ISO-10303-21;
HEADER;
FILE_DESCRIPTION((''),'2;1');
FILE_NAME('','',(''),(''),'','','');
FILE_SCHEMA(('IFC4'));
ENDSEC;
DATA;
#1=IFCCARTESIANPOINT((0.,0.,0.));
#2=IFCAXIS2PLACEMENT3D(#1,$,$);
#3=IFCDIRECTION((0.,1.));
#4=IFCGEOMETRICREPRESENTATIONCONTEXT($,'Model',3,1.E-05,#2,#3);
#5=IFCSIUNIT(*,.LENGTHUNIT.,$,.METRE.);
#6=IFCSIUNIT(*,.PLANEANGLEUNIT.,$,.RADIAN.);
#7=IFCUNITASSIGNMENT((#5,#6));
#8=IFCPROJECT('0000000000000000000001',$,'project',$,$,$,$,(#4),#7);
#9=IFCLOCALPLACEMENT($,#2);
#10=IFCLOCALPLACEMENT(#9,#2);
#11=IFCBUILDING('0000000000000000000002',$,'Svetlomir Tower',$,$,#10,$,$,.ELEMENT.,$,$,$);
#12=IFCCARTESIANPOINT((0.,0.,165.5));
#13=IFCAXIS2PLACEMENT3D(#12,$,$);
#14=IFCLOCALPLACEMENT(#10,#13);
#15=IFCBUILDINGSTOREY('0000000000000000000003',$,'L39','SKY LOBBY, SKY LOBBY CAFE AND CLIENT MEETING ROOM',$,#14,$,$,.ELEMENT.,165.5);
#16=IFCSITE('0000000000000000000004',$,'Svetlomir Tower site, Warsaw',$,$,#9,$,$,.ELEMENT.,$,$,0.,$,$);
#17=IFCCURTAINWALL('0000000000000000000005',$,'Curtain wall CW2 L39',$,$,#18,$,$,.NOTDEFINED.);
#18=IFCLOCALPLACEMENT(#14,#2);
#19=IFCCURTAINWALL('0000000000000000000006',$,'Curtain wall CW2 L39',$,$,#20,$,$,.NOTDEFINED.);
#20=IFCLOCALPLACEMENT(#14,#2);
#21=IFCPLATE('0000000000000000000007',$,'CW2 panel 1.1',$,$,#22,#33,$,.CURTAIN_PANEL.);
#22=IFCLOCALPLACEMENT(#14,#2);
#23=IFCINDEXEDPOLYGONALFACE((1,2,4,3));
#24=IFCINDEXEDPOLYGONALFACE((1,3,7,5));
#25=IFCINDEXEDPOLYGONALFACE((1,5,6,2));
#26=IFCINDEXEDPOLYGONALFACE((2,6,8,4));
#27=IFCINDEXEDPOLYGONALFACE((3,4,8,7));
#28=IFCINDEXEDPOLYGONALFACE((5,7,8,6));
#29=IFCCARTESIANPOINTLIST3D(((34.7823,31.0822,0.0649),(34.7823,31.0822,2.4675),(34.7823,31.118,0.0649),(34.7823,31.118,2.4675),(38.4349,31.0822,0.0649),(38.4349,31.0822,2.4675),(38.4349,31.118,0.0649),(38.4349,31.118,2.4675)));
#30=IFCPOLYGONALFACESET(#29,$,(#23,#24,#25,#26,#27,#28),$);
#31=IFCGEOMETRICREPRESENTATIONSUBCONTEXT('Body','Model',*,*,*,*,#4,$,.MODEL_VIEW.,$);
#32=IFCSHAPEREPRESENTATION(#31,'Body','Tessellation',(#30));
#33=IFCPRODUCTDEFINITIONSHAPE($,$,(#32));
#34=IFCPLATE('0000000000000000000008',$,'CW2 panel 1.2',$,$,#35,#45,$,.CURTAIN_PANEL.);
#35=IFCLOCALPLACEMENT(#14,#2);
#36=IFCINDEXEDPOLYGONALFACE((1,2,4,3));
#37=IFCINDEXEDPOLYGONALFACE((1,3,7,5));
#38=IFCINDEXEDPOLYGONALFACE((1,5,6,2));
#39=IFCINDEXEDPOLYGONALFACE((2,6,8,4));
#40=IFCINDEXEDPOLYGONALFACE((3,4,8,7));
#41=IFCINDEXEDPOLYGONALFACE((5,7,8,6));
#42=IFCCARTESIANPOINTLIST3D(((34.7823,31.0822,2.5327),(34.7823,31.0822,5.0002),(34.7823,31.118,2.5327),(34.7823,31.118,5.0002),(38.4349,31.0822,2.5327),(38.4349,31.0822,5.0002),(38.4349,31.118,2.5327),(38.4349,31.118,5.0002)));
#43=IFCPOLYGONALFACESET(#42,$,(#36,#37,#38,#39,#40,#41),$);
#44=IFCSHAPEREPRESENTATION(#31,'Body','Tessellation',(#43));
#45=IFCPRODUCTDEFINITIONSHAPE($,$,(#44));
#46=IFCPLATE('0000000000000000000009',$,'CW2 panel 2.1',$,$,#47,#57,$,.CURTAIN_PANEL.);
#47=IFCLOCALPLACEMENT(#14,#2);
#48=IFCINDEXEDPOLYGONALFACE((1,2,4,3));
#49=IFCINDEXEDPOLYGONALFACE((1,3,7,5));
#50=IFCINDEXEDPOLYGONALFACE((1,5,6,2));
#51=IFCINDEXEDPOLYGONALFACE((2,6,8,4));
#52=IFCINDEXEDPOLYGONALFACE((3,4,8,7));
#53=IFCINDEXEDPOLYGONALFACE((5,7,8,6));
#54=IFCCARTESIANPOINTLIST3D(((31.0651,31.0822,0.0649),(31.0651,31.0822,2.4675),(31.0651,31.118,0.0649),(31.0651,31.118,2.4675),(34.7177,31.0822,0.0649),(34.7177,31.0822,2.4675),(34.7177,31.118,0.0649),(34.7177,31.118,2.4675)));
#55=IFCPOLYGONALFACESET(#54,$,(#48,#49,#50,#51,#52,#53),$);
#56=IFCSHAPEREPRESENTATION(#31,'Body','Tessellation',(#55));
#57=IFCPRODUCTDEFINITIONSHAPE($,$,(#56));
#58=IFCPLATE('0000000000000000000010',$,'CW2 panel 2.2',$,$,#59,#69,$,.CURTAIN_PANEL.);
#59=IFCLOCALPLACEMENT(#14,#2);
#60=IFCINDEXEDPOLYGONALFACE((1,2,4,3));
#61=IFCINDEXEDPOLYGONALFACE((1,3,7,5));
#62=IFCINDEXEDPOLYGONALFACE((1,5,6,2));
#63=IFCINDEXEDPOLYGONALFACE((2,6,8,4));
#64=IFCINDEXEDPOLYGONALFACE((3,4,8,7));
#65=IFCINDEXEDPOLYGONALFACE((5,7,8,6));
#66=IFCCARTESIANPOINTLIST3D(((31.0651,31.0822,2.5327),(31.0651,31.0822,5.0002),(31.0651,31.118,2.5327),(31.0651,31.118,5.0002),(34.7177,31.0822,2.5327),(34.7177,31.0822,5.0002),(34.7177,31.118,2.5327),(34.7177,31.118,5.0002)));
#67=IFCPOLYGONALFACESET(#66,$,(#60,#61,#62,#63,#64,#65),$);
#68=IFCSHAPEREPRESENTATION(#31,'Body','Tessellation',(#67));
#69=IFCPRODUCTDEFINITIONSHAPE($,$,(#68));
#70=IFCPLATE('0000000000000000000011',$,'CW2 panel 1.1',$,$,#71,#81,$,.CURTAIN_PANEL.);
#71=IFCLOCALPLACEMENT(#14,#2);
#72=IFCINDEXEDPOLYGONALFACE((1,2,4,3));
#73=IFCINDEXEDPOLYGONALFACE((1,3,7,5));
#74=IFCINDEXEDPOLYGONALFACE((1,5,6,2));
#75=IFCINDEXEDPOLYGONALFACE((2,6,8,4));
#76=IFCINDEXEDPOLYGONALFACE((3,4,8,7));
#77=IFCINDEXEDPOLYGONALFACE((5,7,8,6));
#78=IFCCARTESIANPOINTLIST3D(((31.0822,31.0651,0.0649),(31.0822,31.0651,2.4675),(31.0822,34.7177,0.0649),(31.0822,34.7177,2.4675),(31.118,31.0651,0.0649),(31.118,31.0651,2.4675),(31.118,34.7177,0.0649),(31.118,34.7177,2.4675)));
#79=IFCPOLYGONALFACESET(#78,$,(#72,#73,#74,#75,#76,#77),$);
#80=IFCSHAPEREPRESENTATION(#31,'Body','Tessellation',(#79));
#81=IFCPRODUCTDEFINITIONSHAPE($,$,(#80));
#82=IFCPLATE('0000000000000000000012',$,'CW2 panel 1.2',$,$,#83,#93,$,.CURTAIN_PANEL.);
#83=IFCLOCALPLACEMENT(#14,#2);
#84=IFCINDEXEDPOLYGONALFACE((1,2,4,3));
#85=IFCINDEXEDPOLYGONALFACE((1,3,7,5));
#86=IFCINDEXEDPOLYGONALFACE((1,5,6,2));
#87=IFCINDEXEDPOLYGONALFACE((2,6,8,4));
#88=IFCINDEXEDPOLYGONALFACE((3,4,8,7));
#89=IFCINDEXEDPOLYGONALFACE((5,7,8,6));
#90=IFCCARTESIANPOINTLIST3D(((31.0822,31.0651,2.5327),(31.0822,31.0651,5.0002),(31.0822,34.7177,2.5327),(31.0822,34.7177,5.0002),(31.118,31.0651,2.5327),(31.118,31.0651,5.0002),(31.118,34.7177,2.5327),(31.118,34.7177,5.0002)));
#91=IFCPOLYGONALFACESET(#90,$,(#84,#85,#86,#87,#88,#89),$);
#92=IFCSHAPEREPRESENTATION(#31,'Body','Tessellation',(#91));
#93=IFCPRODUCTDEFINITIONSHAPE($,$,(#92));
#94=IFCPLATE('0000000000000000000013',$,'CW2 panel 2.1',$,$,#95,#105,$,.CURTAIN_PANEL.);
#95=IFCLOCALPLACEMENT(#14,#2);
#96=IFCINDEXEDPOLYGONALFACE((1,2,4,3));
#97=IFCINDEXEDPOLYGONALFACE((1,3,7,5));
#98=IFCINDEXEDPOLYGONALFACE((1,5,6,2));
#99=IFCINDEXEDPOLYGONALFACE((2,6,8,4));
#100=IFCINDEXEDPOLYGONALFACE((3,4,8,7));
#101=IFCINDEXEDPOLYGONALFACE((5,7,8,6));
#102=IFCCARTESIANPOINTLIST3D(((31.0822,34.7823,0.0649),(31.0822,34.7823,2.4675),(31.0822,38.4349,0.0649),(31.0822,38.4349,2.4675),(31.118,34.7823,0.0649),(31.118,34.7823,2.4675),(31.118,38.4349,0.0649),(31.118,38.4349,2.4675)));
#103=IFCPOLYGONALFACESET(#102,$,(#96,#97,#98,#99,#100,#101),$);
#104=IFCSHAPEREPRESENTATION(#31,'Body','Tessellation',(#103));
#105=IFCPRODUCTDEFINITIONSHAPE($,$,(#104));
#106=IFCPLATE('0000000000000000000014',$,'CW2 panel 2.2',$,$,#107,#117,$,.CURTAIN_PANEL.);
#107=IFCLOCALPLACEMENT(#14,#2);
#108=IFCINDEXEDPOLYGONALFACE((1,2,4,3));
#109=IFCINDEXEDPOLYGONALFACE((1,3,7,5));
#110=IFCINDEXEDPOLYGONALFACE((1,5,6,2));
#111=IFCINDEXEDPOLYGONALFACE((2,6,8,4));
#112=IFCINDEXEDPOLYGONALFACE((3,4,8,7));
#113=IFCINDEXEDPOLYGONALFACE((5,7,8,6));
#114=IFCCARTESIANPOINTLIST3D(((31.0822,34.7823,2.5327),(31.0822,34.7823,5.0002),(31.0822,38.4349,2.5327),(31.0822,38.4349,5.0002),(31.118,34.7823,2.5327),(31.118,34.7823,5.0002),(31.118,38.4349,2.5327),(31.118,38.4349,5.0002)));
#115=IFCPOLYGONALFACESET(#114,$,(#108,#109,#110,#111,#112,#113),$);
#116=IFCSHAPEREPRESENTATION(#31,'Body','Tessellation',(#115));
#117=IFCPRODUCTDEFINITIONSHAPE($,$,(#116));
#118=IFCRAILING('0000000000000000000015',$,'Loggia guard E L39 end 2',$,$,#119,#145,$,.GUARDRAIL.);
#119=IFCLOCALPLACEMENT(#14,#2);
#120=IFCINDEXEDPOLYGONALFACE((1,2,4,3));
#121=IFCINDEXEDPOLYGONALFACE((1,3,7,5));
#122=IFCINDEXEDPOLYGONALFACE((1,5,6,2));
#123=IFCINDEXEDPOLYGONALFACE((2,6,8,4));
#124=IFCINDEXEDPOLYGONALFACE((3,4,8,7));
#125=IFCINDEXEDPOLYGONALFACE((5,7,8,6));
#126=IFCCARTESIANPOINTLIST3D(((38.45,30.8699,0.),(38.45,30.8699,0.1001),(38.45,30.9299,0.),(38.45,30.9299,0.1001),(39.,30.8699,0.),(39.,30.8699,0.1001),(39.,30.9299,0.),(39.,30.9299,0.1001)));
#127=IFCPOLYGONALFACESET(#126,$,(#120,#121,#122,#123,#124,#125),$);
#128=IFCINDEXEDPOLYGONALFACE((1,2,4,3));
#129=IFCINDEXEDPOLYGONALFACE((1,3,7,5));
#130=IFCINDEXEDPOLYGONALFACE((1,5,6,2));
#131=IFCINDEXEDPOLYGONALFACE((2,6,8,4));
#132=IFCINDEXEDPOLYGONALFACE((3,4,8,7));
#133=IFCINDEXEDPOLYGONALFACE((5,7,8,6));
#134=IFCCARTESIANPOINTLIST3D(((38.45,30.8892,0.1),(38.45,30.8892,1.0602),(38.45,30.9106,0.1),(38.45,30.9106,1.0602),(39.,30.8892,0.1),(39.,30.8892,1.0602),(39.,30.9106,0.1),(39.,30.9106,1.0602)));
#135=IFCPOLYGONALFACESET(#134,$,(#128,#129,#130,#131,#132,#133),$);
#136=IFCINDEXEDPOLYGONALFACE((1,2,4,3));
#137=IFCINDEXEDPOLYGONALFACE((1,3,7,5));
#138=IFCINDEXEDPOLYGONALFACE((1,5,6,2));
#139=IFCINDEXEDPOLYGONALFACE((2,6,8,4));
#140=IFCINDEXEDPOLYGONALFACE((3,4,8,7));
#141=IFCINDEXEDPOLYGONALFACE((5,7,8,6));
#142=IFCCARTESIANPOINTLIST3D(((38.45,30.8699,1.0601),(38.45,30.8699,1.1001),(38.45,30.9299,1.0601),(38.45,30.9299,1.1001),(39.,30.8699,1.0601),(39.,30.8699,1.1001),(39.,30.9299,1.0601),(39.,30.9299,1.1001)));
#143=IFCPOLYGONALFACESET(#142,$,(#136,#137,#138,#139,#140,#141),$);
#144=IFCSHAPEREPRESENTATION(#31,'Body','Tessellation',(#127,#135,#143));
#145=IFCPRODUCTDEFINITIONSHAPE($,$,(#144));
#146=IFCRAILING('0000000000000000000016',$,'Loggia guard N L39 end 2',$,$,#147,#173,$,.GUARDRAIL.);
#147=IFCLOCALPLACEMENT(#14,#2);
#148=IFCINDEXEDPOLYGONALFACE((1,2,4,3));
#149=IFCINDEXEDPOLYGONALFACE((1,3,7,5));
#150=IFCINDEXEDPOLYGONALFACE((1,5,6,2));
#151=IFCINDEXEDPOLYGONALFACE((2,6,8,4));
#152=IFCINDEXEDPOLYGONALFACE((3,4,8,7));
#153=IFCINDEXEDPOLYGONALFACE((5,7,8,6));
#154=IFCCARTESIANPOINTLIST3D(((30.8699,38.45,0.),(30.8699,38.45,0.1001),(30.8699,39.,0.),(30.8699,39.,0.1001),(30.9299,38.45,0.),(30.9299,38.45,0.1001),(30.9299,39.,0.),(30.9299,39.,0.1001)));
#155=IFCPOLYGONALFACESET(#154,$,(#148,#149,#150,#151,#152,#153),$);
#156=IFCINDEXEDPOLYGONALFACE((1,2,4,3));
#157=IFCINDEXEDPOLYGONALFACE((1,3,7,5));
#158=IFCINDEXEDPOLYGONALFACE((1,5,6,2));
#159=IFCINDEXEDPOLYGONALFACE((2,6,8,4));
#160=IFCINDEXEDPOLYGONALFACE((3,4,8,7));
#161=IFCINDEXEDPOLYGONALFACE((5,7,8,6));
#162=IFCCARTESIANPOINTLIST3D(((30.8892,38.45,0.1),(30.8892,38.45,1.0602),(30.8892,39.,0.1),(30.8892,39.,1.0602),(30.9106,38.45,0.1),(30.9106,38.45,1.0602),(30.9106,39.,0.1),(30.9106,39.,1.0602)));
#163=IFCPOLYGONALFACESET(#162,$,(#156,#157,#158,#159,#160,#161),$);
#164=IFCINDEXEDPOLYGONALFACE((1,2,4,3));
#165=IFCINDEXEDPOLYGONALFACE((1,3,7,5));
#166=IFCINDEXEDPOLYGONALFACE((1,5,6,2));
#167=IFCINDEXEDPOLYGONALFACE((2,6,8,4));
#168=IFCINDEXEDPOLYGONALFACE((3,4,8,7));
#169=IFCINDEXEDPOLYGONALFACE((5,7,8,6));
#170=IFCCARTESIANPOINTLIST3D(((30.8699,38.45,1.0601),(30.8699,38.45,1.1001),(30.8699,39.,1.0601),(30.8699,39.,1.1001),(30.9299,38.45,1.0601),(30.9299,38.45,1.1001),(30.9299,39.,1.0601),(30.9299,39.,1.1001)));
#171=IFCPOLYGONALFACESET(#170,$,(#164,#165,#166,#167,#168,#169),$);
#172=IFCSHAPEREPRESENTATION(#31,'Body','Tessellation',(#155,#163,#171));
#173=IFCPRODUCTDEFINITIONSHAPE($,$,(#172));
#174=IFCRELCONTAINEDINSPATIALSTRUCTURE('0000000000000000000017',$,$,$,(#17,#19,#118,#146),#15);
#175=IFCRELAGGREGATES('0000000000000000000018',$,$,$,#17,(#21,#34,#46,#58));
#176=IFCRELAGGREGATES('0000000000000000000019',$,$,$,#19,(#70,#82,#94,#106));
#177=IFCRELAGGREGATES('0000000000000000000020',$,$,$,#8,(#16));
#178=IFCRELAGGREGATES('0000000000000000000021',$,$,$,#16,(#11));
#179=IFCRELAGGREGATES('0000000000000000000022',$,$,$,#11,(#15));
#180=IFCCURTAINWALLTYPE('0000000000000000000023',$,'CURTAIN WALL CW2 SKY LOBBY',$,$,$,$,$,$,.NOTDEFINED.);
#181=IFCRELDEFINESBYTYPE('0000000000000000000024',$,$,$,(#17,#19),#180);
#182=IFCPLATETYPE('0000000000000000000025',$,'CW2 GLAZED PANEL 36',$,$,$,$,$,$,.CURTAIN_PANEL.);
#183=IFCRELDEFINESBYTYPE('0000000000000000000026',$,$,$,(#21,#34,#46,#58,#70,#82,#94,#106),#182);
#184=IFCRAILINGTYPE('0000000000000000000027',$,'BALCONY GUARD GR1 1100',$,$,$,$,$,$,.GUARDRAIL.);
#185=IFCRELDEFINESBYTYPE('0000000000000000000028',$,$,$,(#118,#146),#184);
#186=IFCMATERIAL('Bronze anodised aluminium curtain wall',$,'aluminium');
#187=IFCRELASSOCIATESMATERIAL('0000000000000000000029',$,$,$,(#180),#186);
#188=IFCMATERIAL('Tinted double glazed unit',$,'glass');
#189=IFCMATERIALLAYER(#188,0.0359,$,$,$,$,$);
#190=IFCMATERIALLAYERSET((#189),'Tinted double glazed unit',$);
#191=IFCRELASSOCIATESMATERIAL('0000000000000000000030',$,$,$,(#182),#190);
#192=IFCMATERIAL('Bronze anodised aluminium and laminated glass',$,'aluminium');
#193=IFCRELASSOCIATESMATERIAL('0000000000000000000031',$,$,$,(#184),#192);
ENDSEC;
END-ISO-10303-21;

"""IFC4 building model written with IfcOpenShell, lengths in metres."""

from ifc_helpers import new_model, si_unit, direction, frame, origin, origin_2d, place, context, subcontext, project, spatial, rectangle, extrude, material, layer, layer_set, type_object, element, aggregate, save


model = new_model("IFC4")

# Units and contexts
model_context = context("Model", 3, precision=1e-05, world=origin(), true_north=direction((0.0, 1.0)))
body_context = subcontext(model_context, "Body", "Model", "MODEL_VIEW")
ifc_project = project(units=[si_unit("LENGTHUNIT", "METRE"), si_unit("PLANEANGLEUNIT", "RADIAN")], contexts=[model_context])

# Site, building, storey
site_placement = place(None, origin())
site = spatial("IfcSite", under=ifc_project, at=site_placement, Name="Svetlomir Tower site, Warsaw", CompositionType="ELEMENT", RefElevation=0.0)
building_placement = place(site_placement, origin())
building = spatial("IfcBuilding", under=site, at=building_placement, Name="Svetlomir Tower", CompositionType="ELEMENT")
storey_placement = place(building_placement, frame((0.0, 0.0, 165.5)))
storey = spatial("IfcBuildingStorey", under=building, at=storey_placement, Name="L39", Description="SKY LOBBY, SKY LOBBY CAFE AND CLIENT MEETING ROOM", CompositionType="ELEMENT", Elevation=165.5)

# Curtain walls
ifc_material_1 = material(Name="Bronze anodised aluminium curtain wall", Category="aluminium")
curtain_wall_type = type_object("IfcCurtainWallType", Name="CURTAIN WALL CW2 SKY LOBBY", PredefinedType="NOTDEFINED", material=ifc_material_1)
curtain_wall_1_placement = place(storey_placement, origin())
curtain_wall_1 = element("IfcCurtainWall", 1, at=curtain_wall_1_placement, inside=storey, type_object=curtain_wall_type, Name="Curtain wall CW2 L39", PredefinedType="NOTDEFINED")
curtain_wall_2_placement = place(storey_placement, origin())
curtain_wall_2 = element("IfcCurtainWall", 2, at=curtain_wall_2_placement, inside=storey, type_object=curtain_wall_type, Name="Curtain wall CW2 L39", PredefinedType="NOTDEFINED")

# Plates
ifc_material_2 = material(Name="Tinted double glazed unit", Category="glass")
ifc_layer = layer(ifc_material_2, 0.0359)
ifc_layer_set = layer_set([ifc_layer], Name="Tinted double glazed unit")
plate_type = type_object("IfcPlateType", Name="CW2 GLAZED PANEL 36", PredefinedType="CURTAIN_PANEL", material=ifc_layer_set)
plate_1_placement = place(storey_placement, frame((36.6086, 31.1001, 0.0649), z_axis=(0.0, 0.0, 1.0), x_axis=(-1.0, 0.0, 0.0)))
plate_1 = element("IfcPlate", 3, at=plate_1_placement, type_object=plate_type, Name="CW2 panel 1.1", PredefinedType="CURTAIN_PANEL", context=body_context, shape_type="SweptSolid", body=[
    extrude(rectangle(XDim=3.6526, YDim=0.0359, at=origin_2d()), origin(), (0.0, 0.0, 1.0), 2.4026),
])
plate_2_placement = place(storey_placement, frame((36.6086, 31.1001, 2.5327), z_axis=(0.0, 0.0, 1.0), x_axis=(-1.0, 0.0, 0.0)))
plate_2 = element("IfcPlate", 4, at=plate_2_placement, type_object=plate_type, Name="CW2 panel 1.2", PredefinedType="CURTAIN_PANEL", context=body_context, shape_type="SweptSolid", body=[
    extrude(rectangle(XDim=3.6526, YDim=0.0359, at=origin_2d()), origin(), (0.0, 0.0, 1.0), 2.4675),
])
plate_3_placement = place(storey_placement, frame((32.8914, 31.1001, 0.0649), z_axis=(0.0, 0.0, 1.0), x_axis=(-1.0, 0.0, 0.0)))
plate_3 = element("IfcPlate", 5, at=plate_3_placement, type_object=plate_type, Name="CW2 panel 2.1", PredefinedType="CURTAIN_PANEL", context=body_context, shape_type="SweptSolid", body=[
    extrude(rectangle(XDim=3.6526, YDim=0.0359, at=origin_2d()), origin(), (0.0, 0.0, 1.0), 2.4026),
])
plate_4_placement = place(storey_placement, frame((32.8914, 31.1001, 2.5327), z_axis=(0.0, 0.0, 1.0), x_axis=(-1.0, 0.0, 0.0)))
plate_4 = element("IfcPlate", 6, at=plate_4_placement, type_object=plate_type, Name="CW2 panel 2.2", PredefinedType="CURTAIN_PANEL", context=body_context, shape_type="SweptSolid", body=[
    extrude(rectangle(XDim=3.6526, YDim=0.0359, at=origin_2d()), origin(), (0.0, 0.0, 1.0), 2.4675),
])
aggregate(curtain_wall_1, [plate_1, plate_2, plate_3, plate_4])
plate_5_placement = place(storey_placement, frame((31.1001, 32.8914, 0.0649), z_axis=(0.0, 0.0, 1.0), x_axis=(0.0, 1.0, 0.0)))
plate_5 = element("IfcPlate", 7, at=plate_5_placement, type_object=plate_type, Name="CW2 panel 1.1", PredefinedType="CURTAIN_PANEL", context=body_context, shape_type="SweptSolid", body=[
    extrude(rectangle(XDim=3.6526, YDim=0.0359, at=origin_2d()), origin(), (0.0, 0.0, 1.0), 2.4026),
])
plate_6_placement = place(storey_placement, frame((31.1001, 32.8914, 2.5327), z_axis=(0.0, 0.0, 1.0), x_axis=(0.0, 1.0, 0.0)))
plate_6 = element("IfcPlate", 8, at=plate_6_placement, type_object=plate_type, Name="CW2 panel 1.2", PredefinedType="CURTAIN_PANEL", context=body_context, shape_type="SweptSolid", body=[
    extrude(rectangle(XDim=3.6526, YDim=0.0359, at=origin_2d()), origin(), (0.0, 0.0, 1.0), 2.4675),
])
plate_7_placement = place(storey_placement, frame((31.1001, 36.6086, 0.0649), z_axis=(0.0, 0.0, 1.0), x_axis=(0.0, 1.0, 0.0)))
plate_7 = element("IfcPlate", 9, at=plate_7_placement, type_object=plate_type, Name="CW2 panel 2.1", PredefinedType="CURTAIN_PANEL", context=body_context, shape_type="SweptSolid", body=[
    extrude(rectangle(XDim=3.6526, YDim=0.0359, at=origin_2d()), origin(), (0.0, 0.0, 1.0), 2.4026),
])
plate_8_placement = place(storey_placement, frame((31.1001, 36.6086, 2.5327), z_axis=(0.0, 0.0, 1.0), x_axis=(0.0, 1.0, 0.0)))
plate_8 = element("IfcPlate", 10, at=plate_8_placement, type_object=plate_type, Name="CW2 panel 2.2", PredefinedType="CURTAIN_PANEL", context=body_context, shape_type="SweptSolid", body=[
    extrude(rectangle(XDim=3.6526, YDim=0.0359, at=origin_2d()), origin(), (0.0, 0.0, 1.0), 2.4675),
])
aggregate(curtain_wall_2, [plate_5, plate_6, plate_7, plate_8])

# Railings
ifc_material_3 = material(Name="Bronze anodised aluminium and laminated glass", Category="aluminium")
railing_type = type_object("IfcRailingType", Name="BALCONY GUARD GR1 1100", PredefinedType="GUARDRAIL", material=ifc_material_3)
railing_1_placement = place(storey_placement, frame((38.45, 30.8999, 0.0)))
element("IfcRailing", 11, at=railing_1_placement, inside=storey, type_object=railing_type, Name="Loggia guard E L39 end 2", PredefinedType="GUARDRAIL", context=body_context, shape_type="SweptSolid", body=[
    extrude(rectangle(XDim=0.0601, YDim=0.1001, at=origin_2d()), frame((0.0, 0.0, 0.05), z_axis=(1.0, 0.0, 0.0), x_axis=(0.0, 1.0, 0.0)), (0.0, 0.0, 1.0), 0.55),
    extrude(rectangle(XDim=0.0215, YDim=0.9602, at=origin_2d()), frame((0.0, 0.0, 0.5801), z_axis=(1.0, 0.0, 0.0), x_axis=(0.0, 1.0, 0.0)), (0.0, 0.0, 1.0), 0.55),
    extrude(rectangle(XDim=0.0601, YDim=0.04, at=origin_2d()), frame((0.0, 0.0, 1.0801), z_axis=(1.0, 0.0, 0.0), x_axis=(0.0, 1.0, 0.0)), (0.0, 0.0, 1.0), 0.55),
])
railing_2_placement = place(storey_placement, frame((30.8999, 38.45, 0.0)))
element("IfcRailing", 12, at=railing_2_placement, inside=storey, type_object=railing_type, Name="Loggia guard N L39 end 2", PredefinedType="GUARDRAIL", context=body_context, shape_type="SweptSolid", body=[
    extrude(rectangle(XDim=0.0601, YDim=0.1001, at=origin_2d()), frame((0.0, 0.0, 0.05), z_axis=(0.0, 1.0, 0.0), x_axis=(-1.0, 0.0, 0.0)), (0.0, 0.0, 1.0), 0.55),
    extrude(rectangle(XDim=0.0215, YDim=0.9602, at=origin_2d()), frame((0.0, 0.0, 0.5801), z_axis=(0.0, 1.0, 0.0), x_axis=(-1.0, 0.0, 0.0)), (0.0, 0.0, 1.0), 0.55),
    extrude(rectangle(XDim=0.0601, YDim=0.04, at=origin_2d()), frame((0.0, 0.0, 1.0801), z_axis=(0.0, 1.0, 0.0), x_axis=(-1.0, 0.0, 0.0)), (0.0, 0.0, 1.0), 0.55),
])

save(model, "model.ifc")
